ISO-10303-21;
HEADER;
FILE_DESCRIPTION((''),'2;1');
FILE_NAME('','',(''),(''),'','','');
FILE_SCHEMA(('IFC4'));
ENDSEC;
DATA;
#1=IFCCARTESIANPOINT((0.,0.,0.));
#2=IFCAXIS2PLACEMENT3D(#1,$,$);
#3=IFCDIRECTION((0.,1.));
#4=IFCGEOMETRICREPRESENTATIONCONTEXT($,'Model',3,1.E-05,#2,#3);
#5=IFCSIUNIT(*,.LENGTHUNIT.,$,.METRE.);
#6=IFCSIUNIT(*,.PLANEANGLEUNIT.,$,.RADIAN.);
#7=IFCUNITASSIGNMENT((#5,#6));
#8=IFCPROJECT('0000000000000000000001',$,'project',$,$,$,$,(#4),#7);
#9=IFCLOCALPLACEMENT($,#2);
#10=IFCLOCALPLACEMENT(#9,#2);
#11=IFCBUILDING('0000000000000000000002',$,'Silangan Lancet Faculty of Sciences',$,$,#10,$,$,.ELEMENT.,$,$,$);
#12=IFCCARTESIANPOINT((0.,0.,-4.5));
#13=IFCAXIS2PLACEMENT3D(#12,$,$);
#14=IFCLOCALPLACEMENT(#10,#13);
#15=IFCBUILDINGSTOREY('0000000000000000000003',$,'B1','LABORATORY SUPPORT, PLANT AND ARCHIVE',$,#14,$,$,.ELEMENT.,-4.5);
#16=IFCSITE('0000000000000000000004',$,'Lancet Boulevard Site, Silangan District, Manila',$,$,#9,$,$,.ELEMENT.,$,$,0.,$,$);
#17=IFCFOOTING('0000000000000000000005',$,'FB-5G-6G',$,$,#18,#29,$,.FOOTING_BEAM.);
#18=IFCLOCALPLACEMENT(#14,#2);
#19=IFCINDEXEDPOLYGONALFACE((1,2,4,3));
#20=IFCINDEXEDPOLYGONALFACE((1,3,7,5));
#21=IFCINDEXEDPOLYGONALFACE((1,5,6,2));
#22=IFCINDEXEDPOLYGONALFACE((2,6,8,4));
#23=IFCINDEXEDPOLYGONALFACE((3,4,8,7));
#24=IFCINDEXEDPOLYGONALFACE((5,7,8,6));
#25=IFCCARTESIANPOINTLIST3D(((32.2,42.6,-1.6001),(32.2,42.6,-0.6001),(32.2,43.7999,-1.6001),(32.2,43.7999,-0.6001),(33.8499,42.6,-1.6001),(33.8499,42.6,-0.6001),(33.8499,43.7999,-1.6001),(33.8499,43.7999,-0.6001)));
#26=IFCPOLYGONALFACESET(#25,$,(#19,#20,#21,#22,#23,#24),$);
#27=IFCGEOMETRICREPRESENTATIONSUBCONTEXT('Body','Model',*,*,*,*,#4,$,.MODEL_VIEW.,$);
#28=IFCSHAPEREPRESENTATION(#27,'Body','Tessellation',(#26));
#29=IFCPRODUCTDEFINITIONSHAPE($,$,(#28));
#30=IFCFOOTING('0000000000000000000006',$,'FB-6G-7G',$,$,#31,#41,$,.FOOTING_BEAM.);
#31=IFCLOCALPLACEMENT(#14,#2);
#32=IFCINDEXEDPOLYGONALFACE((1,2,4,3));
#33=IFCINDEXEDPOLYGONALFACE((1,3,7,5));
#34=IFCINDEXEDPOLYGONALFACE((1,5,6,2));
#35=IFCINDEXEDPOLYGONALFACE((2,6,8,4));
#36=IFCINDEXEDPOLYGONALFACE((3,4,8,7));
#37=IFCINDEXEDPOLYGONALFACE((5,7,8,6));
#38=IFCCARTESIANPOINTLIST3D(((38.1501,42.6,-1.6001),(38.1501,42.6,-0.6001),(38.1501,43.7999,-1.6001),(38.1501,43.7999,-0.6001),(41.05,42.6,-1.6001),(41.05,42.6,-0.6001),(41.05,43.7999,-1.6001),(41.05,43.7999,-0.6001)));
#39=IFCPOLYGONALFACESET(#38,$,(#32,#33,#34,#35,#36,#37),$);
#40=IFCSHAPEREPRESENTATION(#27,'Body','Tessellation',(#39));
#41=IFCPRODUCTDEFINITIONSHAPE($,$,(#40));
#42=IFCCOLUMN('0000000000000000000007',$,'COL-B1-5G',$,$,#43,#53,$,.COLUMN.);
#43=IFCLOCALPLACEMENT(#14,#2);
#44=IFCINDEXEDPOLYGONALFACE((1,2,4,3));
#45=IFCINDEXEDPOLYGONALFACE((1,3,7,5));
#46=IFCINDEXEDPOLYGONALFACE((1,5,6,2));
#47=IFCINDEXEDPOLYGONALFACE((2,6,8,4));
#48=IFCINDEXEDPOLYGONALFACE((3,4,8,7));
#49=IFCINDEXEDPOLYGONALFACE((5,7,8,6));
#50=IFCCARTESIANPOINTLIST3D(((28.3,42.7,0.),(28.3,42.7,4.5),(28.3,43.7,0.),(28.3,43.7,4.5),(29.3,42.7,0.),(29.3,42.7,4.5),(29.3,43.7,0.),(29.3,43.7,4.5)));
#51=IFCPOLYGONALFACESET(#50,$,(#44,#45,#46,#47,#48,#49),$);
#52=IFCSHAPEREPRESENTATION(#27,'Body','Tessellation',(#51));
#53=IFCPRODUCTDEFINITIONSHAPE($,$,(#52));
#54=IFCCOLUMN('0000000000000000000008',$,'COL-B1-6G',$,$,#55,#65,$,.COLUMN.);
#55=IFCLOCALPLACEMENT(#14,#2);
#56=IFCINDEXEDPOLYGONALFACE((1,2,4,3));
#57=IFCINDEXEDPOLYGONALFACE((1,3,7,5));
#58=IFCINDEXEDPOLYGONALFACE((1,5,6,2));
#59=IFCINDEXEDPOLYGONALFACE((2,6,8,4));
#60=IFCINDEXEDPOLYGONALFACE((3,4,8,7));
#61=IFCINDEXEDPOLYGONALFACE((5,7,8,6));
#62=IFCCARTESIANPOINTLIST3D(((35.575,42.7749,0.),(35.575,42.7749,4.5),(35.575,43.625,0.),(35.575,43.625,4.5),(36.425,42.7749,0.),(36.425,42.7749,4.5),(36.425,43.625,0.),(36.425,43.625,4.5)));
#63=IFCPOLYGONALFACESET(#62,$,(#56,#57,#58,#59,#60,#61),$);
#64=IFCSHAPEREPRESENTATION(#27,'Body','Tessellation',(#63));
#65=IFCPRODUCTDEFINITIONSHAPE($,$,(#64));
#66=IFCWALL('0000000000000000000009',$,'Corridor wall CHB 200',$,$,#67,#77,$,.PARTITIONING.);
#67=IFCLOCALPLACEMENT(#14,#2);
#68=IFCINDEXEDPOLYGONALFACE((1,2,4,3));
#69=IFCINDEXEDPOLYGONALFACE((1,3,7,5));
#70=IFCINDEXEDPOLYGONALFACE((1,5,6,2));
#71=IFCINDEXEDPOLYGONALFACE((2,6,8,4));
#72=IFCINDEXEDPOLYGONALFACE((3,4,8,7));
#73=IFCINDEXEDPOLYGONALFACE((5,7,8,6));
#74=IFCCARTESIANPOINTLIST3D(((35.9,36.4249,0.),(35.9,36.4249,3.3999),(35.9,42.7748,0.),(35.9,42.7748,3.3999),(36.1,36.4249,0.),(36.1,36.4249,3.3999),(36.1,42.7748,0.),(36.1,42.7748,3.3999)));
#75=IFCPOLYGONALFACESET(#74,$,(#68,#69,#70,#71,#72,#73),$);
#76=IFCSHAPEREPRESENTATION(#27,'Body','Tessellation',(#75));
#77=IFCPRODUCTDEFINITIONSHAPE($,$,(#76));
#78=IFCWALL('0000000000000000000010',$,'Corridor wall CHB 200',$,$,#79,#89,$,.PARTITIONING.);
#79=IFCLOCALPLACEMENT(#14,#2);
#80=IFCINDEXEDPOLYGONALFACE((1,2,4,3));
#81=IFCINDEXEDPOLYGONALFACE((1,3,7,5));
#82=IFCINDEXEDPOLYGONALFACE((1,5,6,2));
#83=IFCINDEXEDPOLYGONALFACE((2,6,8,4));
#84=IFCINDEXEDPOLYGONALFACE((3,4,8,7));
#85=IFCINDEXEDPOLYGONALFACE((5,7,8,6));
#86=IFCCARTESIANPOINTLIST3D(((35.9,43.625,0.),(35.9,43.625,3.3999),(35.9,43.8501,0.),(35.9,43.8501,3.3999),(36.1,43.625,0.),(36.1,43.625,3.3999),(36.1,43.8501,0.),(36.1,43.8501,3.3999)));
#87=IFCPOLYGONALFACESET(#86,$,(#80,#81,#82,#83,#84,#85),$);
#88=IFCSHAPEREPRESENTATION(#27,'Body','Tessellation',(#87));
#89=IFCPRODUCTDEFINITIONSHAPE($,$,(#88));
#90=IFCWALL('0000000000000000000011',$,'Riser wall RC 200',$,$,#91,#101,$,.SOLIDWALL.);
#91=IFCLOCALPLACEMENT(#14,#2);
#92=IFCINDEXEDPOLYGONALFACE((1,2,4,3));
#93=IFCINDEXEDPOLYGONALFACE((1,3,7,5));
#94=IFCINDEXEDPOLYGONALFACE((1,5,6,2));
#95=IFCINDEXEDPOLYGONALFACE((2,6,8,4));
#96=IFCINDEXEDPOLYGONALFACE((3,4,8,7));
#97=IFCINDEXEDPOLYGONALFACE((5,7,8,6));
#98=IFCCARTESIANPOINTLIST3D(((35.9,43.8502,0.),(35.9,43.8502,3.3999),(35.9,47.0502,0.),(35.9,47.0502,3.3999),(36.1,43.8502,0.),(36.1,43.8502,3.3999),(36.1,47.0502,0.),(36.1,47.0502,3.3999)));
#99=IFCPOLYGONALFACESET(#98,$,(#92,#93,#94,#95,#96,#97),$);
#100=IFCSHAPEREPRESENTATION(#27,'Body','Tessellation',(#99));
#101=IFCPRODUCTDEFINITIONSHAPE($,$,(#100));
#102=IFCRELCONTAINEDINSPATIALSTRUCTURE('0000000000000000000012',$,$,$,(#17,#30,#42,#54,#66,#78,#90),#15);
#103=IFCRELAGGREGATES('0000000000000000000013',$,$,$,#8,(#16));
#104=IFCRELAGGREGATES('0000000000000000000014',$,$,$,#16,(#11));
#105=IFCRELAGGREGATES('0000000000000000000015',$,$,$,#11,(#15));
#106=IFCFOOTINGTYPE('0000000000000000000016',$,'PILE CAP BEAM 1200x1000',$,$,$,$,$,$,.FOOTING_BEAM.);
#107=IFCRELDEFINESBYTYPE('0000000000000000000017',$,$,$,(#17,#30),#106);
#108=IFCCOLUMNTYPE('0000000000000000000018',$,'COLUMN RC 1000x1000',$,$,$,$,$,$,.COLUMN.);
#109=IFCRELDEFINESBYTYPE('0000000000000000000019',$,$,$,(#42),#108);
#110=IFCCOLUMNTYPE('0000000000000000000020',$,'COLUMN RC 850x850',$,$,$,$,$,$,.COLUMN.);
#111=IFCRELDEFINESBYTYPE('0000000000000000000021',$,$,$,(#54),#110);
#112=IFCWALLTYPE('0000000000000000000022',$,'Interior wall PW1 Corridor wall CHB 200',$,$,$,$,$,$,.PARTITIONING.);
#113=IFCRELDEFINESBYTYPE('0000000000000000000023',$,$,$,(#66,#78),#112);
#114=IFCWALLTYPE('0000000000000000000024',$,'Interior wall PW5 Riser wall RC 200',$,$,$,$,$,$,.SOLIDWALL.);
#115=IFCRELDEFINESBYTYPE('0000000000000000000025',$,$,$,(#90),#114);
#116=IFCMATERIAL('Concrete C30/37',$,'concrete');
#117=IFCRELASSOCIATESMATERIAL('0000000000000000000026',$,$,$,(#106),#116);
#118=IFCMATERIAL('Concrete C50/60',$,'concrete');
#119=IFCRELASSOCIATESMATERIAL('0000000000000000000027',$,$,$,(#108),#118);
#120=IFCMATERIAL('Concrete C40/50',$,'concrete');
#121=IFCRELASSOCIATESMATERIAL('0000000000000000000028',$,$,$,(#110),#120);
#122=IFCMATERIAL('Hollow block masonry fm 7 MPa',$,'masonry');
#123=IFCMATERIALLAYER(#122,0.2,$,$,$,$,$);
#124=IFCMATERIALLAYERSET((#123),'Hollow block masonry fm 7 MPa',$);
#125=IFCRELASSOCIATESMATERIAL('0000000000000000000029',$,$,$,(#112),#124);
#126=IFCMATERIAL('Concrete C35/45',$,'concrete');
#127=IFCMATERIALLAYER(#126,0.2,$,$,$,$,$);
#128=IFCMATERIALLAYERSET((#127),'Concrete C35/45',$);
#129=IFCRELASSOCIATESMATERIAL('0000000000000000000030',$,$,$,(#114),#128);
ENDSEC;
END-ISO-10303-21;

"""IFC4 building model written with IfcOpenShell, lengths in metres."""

from ifc_helpers import new_model, si_unit, direction, frame, frame_2d, origin, origin_2d, place, context, subcontext, project, spatial, rectangle, extrude, material, layer, layer_set, material_profile, profile_set, type_object, element, save


model = new_model("IFC4")

# Units and contexts
model_context = context("Model", 3, precision=1e-05, world=origin(), true_north=direction((0.0, 1.0)))
body_context = subcontext(model_context, "Body", "Model", "MODEL_VIEW")
ifc_project = project(units=[si_unit("LENGTHUNIT", "METRE"), si_unit("PLANEANGLEUNIT", "RADIAN")], contexts=[model_context])

# Site, building, storey
site_placement = place(None, origin())
site = spatial("IfcSite", under=ifc_project, at=site_placement, Name="Lancet Boulevard Site, Silangan District, Manila", CompositionType="ELEMENT", RefElevation=0.0)
building_placement = place(site_placement, origin())
building = spatial("IfcBuilding", under=site, at=building_placement, Name="Silangan Lancet Faculty of Sciences", CompositionType="ELEMENT")
storey_placement = place(building_placement, frame((0.0, 0.0, -4.5)))
storey = spatial("IfcBuildingStorey", under=building, at=storey_placement, Name="B1", Description="LABORATORY SUPPORT, PLANT AND ARCHIVE", CompositionType="ELEMENT", Elevation=-4.5)

# Footings
ifc_material_1 = material(Name="Concrete C30/37", Category="concrete")
footing_type_1 = type_object("IfcFootingType", Name="PILE CAP BEAM 1200x1000", PredefinedType="FOOTING_BEAM", material=ifc_material_1)
footing_1_placement = place(storey_placement, frame((33.0249, 43.2, -1.6001), z_axis=(0.0, 0.0, 1.0), x_axis=(1.0, 0.0, 0.0)))
element("IfcFooting", 1, at=footing_1_placement, inside=storey, type_object=footing_type_1, Name="FB-5G-6G", PredefinedType="FOOTING_BEAM", context=body_context, shape_type="SweptSolid", body=[
    extrude(rectangle(XDim=1.6499, YDim=1.2, at=origin_2d()), origin(), (0.0, 0.0, 1.0), 1.0),
])
footing_2_placement = place(storey_placement, frame((39.6001, 43.2, -1.6001), z_axis=(0.0, 0.0, 1.0), x_axis=(1.0, 0.0, 0.0)))
element("IfcFooting", 2, at=footing_2_placement, inside=storey, type_object=footing_type_1, Name="FB-6G-7G", PredefinedType="FOOTING_BEAM", context=body_context, shape_type="SweptSolid", body=[
    extrude(rectangle(XDim=2.8999, YDim=1.2, at=origin_2d()), origin(), (0.0, 0.0, 1.0), 1.0),
])

# Columns
ifc_material_2 = material(Name="Concrete C50/60", Category="concrete")
ifc_material_profile_1 = material_profile(ifc_material_2, rectangle(XDim=1.0, YDim=1.0, at=origin_2d()), Name="RC 1000x1000")
ifc_profile_set_1 = profile_set([ifc_material_profile_1], Name="Concrete C50/60")
column_type_1 = type_object("IfcColumnType", Name="COLUMN RC 1000x1000", PredefinedType="COLUMN", material=ifc_profile_set_1)
column_1_placement = place(storey_placement, frame((28.8, 43.2, 0.0), z_axis=(0.0, 0.0, 1.0), x_axis=(1.0, 0.0, 0.0)))
element("IfcColumn", 3, at=column_1_placement, inside=storey, type_object=column_type_1, Name="COL-B1-5G", PredefinedType="COLUMN", context=body_context, shape_type="SweptSolid", body=[
    extrude(rectangle(XDim=1.0, YDim=1.0, at=origin_2d()), origin(), (0.0, 0.0, 1.0), 4.5),
])
ifc_material_3 = material(Name="Concrete C40/50", Category="concrete")
ifc_material_profile_2 = material_profile(ifc_material_3, rectangle(XDim=0.8501, YDim=0.8501, at=origin_2d()), Name="RC 850x850")
ifc_profile_set_2 = profile_set([ifc_material_profile_2], Name="Concrete C40/50")
column_type_2 = type_object("IfcColumnType", Name="COLUMN RC 850x850", PredefinedType="COLUMN", material=ifc_profile_set_2)
column_2_placement = place(storey_placement, frame((36.0, 43.2, 0.0), z_axis=(0.0, 0.0, 1.0), x_axis=(1.0, 0.0, 0.0)))
element("IfcColumn", 4, at=column_2_placement, inside=storey, type_object=column_type_2, Name="COL-B1-6G", PredefinedType="COLUMN", context=body_context, shape_type="SweptSolid", body=[
    extrude(rectangle(XDim=0.8501, YDim=0.8501, at=origin_2d()), origin(), (0.0, 0.0, 1.0), 4.5),
])

# Walls
ifc_material_4 = material(Name="Hollow block masonry fm 7 MPa", Category="masonry")
ifc_layer_1 = layer(ifc_material_4, 0.2)
ifc_layer_set_1 = layer_set([ifc_layer_1], Name="Hollow block masonry fm 7 MPa")
wall_type_1 = type_object("IfcWallType", Name="Interior wall PW1 Corridor wall CHB 200", PredefinedType="PARTITIONING", material=ifc_layer_set_1)
wall_1_placement = place(storey_placement, frame((36.0, 36.425, 0.0), z_axis=(0.0, 0.0, 1.0), x_axis=(0.0, 1.0, 0.0)))
element("IfcWall", 5, at=wall_1_placement, inside=storey, type_object=wall_type_1, Name="Corridor wall CHB 200", PredefinedType="PARTITIONING", context=body_context, shape_type="SweptSolid", body=[
    extrude(rectangle(XDim=6.3499, YDim=0.2, at=frame_2d((3.1748, 0.0))), origin(), (0.0, 0.0, 1.0), 3.3999),
])
wall_2_placement = place(storey_placement, frame((36.0, 43.625, 0.0), z_axis=(0.0, 0.0, 1.0), x_axis=(0.0, 1.0, 0.0)))
element("IfcWall", 6, at=wall_2_placement, inside=storey, type_object=wall_type_1, Name="Corridor wall CHB 200", PredefinedType="PARTITIONING", context=body_context, shape_type="SweptSolid", body=[
    extrude(rectangle(XDim=0.2251, YDim=0.2, at=frame_2d((0.1125, 0.0))), origin(), (0.0, 0.0, 1.0), 3.3999),
])
ifc_material_5 = material(Name="Concrete C35/45", Category="concrete")
ifc_layer_2 = layer(ifc_material_5, 0.2)
ifc_layer_set_2 = layer_set([ifc_layer_2], Name="Concrete C35/45")
wall_type_2 = type_object("IfcWallType", Name="Interior wall PW5 Riser wall RC 200", PredefinedType="SOLIDWALL", material=ifc_layer_set_2)
wall_3_placement = place(storey_placement, frame((36.0, 43.8501, 0.0), z_axis=(0.0, 0.0, 1.0), x_axis=(0.0, 1.0, 0.0)))
element("IfcWall", 7, at=wall_3_placement, inside=storey, type_object=wall_type_2, Name="Riser wall RC 200", PredefinedType="SOLIDWALL", context=body_context, shape_type="SweptSolid", body=[
    extrude(rectangle(XDim=3.2, YDim=0.2, at=frame_2d((1.6001, 0.0))), origin(), (0.0, 0.0, 1.0), 3.3999),
])

save(model, "model.ifc")
